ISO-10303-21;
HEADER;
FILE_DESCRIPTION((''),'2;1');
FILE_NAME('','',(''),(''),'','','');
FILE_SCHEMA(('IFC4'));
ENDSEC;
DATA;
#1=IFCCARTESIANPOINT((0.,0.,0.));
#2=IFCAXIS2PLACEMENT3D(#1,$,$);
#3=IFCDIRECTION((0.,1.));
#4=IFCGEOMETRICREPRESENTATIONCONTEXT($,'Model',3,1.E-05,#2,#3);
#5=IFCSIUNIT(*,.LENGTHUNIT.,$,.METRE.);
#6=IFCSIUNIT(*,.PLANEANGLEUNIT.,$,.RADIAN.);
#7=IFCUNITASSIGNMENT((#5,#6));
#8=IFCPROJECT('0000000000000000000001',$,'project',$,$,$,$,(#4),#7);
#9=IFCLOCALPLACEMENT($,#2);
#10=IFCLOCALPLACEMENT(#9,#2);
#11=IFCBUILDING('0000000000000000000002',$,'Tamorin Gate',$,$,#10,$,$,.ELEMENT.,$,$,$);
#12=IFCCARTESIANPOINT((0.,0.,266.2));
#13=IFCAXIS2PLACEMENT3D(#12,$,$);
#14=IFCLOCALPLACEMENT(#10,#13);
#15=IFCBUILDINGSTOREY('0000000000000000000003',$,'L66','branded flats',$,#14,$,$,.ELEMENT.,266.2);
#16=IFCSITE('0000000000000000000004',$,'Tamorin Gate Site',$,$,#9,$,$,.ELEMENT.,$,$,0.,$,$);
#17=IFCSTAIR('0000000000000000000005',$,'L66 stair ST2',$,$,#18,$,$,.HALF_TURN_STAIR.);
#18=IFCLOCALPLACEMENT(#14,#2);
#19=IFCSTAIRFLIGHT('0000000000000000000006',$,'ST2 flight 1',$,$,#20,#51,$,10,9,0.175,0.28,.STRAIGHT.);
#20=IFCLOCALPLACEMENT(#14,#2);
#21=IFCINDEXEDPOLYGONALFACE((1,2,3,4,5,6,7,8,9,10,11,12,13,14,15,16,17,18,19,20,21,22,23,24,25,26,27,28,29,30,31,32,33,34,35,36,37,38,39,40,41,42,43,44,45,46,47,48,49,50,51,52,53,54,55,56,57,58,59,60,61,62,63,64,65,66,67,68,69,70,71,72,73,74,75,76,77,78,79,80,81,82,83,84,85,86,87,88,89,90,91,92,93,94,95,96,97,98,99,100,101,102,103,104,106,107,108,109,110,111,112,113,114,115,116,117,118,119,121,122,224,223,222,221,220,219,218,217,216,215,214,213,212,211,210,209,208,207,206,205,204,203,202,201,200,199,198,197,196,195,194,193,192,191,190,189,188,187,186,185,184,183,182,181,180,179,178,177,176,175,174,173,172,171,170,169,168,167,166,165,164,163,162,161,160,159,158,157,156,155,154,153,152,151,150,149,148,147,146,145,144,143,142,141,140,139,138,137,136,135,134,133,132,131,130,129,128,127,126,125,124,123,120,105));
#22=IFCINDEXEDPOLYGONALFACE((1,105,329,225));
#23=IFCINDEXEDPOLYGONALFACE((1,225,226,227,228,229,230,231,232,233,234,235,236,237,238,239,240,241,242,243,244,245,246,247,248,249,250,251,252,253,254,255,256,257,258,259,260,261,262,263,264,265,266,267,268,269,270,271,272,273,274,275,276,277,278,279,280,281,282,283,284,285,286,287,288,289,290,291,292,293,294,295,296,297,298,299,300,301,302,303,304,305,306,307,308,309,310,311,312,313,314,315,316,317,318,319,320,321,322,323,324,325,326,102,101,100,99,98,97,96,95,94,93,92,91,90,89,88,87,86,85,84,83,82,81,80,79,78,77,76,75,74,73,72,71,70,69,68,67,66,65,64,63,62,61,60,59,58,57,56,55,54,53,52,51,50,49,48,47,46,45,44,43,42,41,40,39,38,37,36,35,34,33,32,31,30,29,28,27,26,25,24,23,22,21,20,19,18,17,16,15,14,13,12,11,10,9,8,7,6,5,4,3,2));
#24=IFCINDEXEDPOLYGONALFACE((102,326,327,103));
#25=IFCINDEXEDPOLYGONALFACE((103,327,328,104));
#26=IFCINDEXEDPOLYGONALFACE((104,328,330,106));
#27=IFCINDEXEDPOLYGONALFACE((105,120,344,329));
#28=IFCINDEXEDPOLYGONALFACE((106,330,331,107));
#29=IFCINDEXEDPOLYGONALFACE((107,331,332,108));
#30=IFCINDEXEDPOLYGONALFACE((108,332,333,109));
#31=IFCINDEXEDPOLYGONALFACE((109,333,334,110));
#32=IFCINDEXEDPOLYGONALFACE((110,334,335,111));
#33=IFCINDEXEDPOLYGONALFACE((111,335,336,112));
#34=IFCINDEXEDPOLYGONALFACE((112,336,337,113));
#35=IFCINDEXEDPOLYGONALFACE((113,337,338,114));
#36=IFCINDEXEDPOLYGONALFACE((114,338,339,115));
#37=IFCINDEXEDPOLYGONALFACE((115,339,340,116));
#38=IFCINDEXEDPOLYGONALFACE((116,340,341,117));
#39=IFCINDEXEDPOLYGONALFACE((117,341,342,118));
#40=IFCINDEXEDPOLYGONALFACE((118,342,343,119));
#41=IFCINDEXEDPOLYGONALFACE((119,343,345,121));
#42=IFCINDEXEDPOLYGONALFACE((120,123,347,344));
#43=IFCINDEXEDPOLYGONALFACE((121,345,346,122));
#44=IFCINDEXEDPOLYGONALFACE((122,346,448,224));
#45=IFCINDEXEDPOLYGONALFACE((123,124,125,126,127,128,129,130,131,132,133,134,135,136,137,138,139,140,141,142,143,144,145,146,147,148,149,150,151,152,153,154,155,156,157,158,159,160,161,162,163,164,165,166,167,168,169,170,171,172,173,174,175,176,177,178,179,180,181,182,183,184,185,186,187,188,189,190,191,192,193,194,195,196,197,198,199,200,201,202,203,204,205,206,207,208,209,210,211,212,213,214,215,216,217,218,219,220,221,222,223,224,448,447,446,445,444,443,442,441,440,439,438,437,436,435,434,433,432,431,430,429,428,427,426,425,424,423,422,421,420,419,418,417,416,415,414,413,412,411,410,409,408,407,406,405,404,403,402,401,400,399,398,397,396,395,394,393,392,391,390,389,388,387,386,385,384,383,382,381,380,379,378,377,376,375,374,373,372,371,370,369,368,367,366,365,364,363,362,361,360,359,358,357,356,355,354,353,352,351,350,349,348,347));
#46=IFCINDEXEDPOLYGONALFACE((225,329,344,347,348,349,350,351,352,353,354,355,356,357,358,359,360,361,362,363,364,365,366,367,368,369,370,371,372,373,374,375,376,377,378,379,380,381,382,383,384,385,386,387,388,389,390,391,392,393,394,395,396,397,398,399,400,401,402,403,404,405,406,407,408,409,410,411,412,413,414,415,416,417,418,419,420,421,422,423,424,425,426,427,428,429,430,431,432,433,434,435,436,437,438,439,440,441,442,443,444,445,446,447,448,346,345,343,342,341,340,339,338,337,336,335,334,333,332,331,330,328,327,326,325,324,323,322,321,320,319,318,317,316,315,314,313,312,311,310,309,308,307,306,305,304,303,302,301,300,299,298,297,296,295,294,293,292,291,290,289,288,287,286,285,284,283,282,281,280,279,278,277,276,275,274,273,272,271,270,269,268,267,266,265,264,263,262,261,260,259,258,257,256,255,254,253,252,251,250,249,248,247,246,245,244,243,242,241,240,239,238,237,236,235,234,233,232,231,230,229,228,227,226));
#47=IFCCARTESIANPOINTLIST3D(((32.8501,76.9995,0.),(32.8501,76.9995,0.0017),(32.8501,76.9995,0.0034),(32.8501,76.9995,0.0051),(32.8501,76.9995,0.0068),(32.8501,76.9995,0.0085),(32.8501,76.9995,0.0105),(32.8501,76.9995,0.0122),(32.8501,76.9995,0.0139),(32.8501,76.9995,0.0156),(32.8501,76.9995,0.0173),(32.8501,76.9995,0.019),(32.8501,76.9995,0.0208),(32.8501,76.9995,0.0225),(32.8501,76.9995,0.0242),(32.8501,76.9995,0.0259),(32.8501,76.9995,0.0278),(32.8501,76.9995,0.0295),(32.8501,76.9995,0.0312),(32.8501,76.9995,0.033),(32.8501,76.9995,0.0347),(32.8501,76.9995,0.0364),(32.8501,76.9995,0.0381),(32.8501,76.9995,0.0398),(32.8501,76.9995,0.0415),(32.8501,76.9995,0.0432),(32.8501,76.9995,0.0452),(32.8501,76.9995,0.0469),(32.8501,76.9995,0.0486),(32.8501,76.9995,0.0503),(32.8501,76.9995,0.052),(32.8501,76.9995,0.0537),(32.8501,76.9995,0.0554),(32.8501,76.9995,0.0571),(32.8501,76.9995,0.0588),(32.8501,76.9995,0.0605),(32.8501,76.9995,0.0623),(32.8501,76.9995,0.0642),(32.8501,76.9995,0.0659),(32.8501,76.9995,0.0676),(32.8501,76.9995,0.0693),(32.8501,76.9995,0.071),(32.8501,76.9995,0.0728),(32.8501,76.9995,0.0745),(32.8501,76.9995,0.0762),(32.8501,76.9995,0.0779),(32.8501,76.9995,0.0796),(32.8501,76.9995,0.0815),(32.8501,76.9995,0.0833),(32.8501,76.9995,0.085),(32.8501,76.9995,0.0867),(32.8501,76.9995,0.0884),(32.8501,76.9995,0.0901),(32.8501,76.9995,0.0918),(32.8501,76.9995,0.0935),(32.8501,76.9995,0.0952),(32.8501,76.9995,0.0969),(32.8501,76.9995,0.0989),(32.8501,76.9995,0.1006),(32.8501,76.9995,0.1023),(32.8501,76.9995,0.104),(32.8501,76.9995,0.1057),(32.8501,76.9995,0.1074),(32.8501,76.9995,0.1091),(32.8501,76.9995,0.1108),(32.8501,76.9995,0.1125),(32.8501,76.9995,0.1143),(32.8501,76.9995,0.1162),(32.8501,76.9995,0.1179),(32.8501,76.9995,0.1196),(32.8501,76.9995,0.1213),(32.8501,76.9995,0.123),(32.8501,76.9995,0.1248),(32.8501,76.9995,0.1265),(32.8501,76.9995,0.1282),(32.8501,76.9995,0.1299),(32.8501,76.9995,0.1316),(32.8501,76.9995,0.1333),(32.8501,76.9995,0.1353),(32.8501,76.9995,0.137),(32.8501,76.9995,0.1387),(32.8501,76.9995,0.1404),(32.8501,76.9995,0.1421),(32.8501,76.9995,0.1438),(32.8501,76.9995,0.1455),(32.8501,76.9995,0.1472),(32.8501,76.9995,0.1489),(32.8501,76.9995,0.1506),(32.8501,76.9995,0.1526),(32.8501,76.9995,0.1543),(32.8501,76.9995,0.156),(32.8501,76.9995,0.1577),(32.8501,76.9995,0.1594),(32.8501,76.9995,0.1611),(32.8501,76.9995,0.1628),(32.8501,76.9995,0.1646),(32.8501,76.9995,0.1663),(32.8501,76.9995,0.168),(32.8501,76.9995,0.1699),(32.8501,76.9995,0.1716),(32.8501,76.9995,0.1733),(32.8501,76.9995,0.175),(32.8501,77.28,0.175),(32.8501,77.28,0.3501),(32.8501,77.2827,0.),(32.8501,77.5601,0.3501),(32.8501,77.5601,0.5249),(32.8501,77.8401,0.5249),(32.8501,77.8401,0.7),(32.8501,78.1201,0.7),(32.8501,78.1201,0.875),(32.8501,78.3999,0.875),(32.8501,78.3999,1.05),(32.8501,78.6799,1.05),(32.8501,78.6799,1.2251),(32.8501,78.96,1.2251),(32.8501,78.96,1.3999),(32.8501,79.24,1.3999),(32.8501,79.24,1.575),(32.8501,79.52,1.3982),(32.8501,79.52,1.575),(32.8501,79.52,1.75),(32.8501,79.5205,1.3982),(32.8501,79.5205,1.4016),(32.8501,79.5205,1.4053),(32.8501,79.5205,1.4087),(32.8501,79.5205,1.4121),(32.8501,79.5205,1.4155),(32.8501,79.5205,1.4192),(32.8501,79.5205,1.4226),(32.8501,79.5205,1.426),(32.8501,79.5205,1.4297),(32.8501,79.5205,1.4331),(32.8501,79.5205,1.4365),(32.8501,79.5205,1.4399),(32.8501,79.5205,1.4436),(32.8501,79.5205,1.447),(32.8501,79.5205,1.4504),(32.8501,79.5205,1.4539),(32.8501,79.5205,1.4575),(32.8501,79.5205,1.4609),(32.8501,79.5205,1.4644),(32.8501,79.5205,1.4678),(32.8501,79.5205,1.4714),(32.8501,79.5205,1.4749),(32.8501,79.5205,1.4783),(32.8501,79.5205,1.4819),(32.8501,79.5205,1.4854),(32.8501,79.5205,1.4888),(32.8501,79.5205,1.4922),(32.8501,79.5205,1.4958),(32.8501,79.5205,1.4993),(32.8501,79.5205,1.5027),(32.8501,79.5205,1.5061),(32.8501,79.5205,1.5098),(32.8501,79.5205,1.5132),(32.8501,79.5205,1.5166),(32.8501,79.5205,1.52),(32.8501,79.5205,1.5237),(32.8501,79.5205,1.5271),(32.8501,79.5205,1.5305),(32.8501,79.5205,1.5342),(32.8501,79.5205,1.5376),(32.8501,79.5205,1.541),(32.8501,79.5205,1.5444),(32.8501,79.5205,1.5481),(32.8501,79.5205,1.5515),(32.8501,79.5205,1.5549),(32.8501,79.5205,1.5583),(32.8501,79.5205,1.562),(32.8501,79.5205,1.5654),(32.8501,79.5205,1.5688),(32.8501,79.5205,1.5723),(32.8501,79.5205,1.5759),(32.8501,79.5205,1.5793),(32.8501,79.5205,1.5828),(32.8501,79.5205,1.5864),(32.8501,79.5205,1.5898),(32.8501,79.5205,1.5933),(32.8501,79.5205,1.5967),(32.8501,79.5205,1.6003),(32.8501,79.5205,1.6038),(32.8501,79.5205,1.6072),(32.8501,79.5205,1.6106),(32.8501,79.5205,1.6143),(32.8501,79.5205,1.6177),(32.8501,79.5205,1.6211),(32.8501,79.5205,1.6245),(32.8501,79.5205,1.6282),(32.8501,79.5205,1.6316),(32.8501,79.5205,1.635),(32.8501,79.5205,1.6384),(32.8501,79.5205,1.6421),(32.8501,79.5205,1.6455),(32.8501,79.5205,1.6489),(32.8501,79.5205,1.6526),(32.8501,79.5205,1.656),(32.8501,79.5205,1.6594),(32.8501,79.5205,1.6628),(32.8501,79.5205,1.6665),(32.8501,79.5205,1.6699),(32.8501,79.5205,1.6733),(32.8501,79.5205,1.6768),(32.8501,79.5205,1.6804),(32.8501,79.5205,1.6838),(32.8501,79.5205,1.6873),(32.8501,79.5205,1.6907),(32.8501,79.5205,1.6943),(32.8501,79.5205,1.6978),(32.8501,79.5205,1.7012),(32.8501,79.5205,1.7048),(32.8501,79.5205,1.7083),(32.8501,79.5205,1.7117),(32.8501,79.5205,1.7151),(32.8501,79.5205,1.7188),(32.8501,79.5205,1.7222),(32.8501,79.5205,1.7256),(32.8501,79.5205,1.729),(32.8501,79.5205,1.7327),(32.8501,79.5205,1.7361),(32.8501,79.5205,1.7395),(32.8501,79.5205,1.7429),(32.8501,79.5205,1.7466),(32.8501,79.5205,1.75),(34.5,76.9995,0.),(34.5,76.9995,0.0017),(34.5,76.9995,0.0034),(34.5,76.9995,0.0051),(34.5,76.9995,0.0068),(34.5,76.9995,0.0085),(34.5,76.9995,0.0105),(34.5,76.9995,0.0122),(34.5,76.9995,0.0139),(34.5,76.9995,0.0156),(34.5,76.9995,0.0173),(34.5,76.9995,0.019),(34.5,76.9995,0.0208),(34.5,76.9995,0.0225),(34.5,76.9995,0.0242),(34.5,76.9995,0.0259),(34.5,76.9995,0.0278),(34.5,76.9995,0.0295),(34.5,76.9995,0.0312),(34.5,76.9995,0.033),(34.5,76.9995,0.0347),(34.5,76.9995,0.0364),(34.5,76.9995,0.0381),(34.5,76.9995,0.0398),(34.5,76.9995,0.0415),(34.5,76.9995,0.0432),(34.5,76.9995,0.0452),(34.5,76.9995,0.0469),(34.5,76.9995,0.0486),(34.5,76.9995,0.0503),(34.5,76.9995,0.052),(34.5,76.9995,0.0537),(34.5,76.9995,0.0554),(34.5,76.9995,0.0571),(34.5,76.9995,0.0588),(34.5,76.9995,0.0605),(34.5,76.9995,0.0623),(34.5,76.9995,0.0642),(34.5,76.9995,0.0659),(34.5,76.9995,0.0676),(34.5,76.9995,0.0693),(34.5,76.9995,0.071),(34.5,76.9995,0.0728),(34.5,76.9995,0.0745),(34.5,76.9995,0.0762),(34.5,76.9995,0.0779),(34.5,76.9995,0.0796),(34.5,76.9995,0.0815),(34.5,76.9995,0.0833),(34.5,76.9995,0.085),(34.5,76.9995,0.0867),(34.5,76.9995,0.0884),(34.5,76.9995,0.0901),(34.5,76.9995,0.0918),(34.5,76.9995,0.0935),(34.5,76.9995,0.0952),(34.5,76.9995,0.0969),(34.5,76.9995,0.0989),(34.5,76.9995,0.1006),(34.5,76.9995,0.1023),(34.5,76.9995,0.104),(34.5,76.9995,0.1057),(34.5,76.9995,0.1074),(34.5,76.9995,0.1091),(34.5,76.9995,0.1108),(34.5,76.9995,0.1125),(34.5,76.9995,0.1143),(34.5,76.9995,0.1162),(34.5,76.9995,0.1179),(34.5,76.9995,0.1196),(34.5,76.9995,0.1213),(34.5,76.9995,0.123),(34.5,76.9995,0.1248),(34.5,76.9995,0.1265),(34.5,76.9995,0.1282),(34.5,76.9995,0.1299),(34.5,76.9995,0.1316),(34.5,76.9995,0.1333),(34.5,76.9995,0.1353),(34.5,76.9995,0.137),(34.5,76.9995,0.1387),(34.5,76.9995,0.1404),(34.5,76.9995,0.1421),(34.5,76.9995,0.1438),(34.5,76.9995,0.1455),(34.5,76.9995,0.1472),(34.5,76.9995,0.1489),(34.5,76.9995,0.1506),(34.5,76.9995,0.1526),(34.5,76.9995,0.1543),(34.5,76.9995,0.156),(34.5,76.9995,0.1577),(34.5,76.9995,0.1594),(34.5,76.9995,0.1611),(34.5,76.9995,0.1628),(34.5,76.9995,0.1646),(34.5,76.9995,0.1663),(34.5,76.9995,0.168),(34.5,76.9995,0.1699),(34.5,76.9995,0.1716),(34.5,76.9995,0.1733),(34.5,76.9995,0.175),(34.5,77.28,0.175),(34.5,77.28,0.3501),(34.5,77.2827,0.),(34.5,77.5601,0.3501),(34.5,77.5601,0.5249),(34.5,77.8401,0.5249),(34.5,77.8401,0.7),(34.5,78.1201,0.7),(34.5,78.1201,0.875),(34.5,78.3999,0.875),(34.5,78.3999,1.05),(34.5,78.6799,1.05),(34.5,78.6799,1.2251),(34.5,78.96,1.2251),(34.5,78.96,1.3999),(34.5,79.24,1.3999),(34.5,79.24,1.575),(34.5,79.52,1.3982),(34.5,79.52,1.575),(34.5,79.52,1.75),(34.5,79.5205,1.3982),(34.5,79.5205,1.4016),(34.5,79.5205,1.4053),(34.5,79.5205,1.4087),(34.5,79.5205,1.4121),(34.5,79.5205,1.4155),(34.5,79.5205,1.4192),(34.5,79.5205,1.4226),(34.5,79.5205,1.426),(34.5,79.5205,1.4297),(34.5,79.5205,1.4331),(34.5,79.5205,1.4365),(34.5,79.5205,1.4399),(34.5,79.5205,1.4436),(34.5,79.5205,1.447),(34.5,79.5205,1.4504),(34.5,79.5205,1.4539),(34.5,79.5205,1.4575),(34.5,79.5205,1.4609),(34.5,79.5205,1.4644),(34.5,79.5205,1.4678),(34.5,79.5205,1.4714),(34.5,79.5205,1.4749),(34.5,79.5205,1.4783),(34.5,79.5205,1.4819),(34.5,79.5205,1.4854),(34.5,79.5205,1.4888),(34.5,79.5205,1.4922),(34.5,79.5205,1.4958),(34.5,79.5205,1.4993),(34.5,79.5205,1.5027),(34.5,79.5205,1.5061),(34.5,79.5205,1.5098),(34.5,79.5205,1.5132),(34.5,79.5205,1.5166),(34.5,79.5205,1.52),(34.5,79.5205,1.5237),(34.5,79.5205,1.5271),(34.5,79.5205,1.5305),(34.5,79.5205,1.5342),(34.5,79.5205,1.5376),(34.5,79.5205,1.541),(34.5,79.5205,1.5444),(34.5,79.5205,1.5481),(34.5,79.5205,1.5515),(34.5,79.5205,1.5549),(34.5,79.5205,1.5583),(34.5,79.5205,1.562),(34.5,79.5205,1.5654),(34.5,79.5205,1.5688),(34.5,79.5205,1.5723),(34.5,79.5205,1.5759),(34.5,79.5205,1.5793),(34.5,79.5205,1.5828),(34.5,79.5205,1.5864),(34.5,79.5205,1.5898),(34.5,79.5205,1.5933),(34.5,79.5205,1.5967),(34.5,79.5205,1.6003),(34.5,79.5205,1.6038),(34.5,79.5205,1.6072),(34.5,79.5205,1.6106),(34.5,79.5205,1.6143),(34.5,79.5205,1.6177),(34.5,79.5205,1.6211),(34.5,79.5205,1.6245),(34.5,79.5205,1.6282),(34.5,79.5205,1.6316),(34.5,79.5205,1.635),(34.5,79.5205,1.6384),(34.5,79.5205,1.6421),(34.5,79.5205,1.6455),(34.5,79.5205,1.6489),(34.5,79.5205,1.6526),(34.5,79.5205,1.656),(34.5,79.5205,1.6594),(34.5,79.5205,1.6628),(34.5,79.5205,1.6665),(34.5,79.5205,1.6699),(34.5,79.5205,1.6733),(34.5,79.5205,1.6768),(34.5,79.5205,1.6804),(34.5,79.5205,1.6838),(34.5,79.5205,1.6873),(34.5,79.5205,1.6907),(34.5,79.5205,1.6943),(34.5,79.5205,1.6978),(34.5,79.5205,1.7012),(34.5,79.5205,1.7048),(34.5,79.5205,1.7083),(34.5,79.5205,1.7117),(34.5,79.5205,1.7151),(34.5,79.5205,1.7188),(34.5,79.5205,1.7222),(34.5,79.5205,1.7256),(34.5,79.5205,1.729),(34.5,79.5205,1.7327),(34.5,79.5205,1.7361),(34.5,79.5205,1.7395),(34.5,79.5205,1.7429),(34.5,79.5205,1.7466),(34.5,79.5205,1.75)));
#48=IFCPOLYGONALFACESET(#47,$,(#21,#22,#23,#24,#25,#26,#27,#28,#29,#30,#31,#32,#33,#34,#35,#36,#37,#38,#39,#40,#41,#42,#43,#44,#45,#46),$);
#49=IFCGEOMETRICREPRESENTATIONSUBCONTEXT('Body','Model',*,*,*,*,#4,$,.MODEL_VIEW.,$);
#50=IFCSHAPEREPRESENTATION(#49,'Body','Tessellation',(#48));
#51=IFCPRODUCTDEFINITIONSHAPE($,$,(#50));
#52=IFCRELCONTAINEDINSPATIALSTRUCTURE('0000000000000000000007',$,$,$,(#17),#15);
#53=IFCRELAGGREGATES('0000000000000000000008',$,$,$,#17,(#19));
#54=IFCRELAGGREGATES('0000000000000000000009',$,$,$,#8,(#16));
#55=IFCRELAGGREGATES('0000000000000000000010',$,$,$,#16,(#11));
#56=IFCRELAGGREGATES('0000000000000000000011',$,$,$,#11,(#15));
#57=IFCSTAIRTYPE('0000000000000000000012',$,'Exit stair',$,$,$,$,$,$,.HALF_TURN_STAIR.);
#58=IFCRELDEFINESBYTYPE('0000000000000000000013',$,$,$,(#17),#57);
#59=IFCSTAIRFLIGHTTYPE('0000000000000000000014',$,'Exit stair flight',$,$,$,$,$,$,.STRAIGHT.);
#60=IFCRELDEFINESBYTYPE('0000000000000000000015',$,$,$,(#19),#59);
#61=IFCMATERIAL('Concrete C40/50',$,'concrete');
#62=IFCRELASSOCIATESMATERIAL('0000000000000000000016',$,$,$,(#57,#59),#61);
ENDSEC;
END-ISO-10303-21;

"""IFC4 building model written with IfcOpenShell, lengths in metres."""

from ifc_helpers import new_model, si_unit, direction, frame, origin, place, context, subcontext, project, spatial, polyline, outline, extrude, material, type_object, element, aggregate, save


model = new_model("IFC4")

# Units and contexts
model_context = context("Model", 3, precision=1e-05, world=origin(), true_north=direction((0.0, 1.0)))
body_context = subcontext(model_context, "Body", "Model", "MODEL_VIEW")
ifc_project = project(units=[si_unit("LENGTHUNIT", "METRE"), si_unit("PLANEANGLEUNIT", "RADIAN")], contexts=[model_context])

# Site, building, storey
site_placement = place(None, origin())
site = spatial("IfcSite", under=ifc_project, at=site_placement, Name="Tamorin Gate Site", CompositionType="ELEMENT", RefElevation=0.0)
building_placement = place(site_placement, origin())
building = spatial("IfcBuilding", under=site, at=building_placement, Name="Tamorin Gate", CompositionType="ELEMENT")
storey_placement = place(building_placement, frame((0.0, 0.0, 266.2)))
storey = spatial("IfcBuildingStorey", under=building, at=storey_placement, Name="L66", Description="branded flats", CompositionType="ELEMENT", Elevation=266.2)

# Shared definitions
ifc_material_1 = material(Name="Concrete C40/50", Category="concrete")

# Shared definitions
stair_type = type_object("IfcStairType", Name="Exit stair", PredefinedType="HALF_TURN_STAIR", material=ifc_material_1)
stair_flight_type = type_object("IfcStairFlightType", Name="Exit stair flight", PredefinedType="STRAIGHT", material=ifc_material_1)

# Stair, stair flight
stair_1_placement = place(storey_placement, origin())
stair_1 = element("IfcStair", 1, at=stair_1_placement, inside=storey, type_object=stair_type, Name="L66 stair ST2", PredefinedType="HALF_TURN_STAIR")
stair_flight_1_placement = place(storey_placement, frame((33.675, 77.0, 0.0), z_axis=(0.0, 0.0, 1.0), x_axis=(0.0, 1.0, 0.0)))
stair_flight_1 = element("IfcStairFlight", 2, at=stair_flight_1_placement, type_object=stair_flight_type, Name="ST2 flight 1", NumberOfRisers=10, NumberOfTreads=9, PredefinedType="STRAIGHT", RiserHeight=0.175, TreadLength=0.28, context=body_context, shape_type="SweptSolid", body=[
    extrude(outline(polyline([(-0.0005, 0.0), (-0.0005, 0.0017), (-0.0005, 0.0034), (-0.0005, 0.0051), (-0.0005, 0.0068), (-0.0005, 0.0085), (-0.0005, 0.0105), (-0.0005, 0.0122), (-0.0005, 0.0139), (-0.0005, 0.0156), (-0.0005, 0.0173), (-0.0005, 0.019), (-0.0005, 0.0208), (-0.0005, 0.0225), (-0.0005, 0.0242), (-0.0005, 0.0259), (-0.0005, 0.0278), (-0.0005, 0.0295), (-0.0005, 0.0312), (-0.0005, 0.033), (-0.0005, 0.0347), (-0.0005, 0.0364), (-0.0005, 0.0381), (-0.0005, 0.0398), (-0.0005, 0.0415), (-0.0005, 0.0432), (-0.0005, 0.0452), (-0.0005, 0.0469), (-0.0005, 0.0486), (-0.0005, 0.0503), (-0.0005, 0.052), (-0.0005, 0.0537), (-0.0005, 0.0554), (-0.0005, 0.0571), (-0.0005, 0.0588), (-0.0005, 0.0605), (-0.0005, 0.0623), (-0.0005, 0.0642), (-0.0005, 0.0659), (-0.0005, 0.0676), (-0.0005, 0.0693), (-0.0005, 0.071), (-0.0005, 0.0728), (-0.0005, 0.0745), (-0.0005, 0.0762), (-0.0005, 0.0779), (-0.0005, 0.0796), (-0.0005, 0.0815), (-0.0005, 0.0833), (-0.0005, 0.085), (-0.0005, 0.0867), (-0.0005, 0.0884), (-0.0005, 0.0901), (-0.0005, 0.0918), (-0.0005, 0.0935), (-0.0005, 0.0952), (-0.0005, 0.0969), (-0.0005, 0.0989), (-0.0005, 0.1006), (-0.0005, 0.1023), (-0.0005, 0.104), (-0.0005, 0.1057), (-0.0005, 0.1074), (-0.0005, 0.1091), (-0.0005, 0.1108), (-0.0005, 0.1125), (-0.0005, 0.1143), (-0.0005, 0.1162), (-0.0005, 0.1179), (-0.0005, 0.1196), (-0.0005, 0.1213), (-0.0005, 0.123), (-0.0005, 0.1248), (-0.0005, 0.1265), (-0.0005, 0.1282), (-0.0005, 0.1299), (-0.0005, 0.1316), (-0.0005, 0.1333), (-0.0005, 0.1353), (-0.0005, 0.137), (-0.0005, 0.1387), (-0.0005, 0.1404), (-0.0005, 0.1421), (-0.0005, 0.1438), (-0.0005, 0.1455), (-0.0005, 0.1472), (-0.0005, 0.1489), (-0.0005, 0.1506), (-0.0005, 0.1526), (-0.0005, 0.1543), (-0.0005, 0.156), (-0.0005, 0.1577), (-0.0005, 0.1594), (-0.0005, 0.1611), (-0.0005, 0.1628), (-0.0005, 0.1646), (-0.0005, 0.1663), (-0.0005, 0.168), (-0.0005, 0.1699), (-0.0005, 0.1716), (-0.0005, 0.1733), (-0.0005, 0.175), (0.28, 0.175), (0.28, 0.3501), (0.5601, 0.3501), (0.5601, 0.5249), (0.8401, 0.5249), (0.8401, 0.7), (1.1201, 0.7), (1.1201, 0.875), (1.3999, 0.875), (1.3999, 1.05), (1.6799, 1.05), (1.6799, 1.2251), (1.96, 1.2251), (1.96, 1.3999), (2.24, 1.3999), (2.24, 1.575), (2.52, 1.575), (2.52, 1.75), (2.5205, 1.75), (2.5205, 1.7466), (2.5205, 1.7429), (2.5205, 1.7395), (2.5205, 1.7361), (2.5205, 1.7327), (2.5205, 1.729), (2.5205, 1.7256), (2.5205, 1.7222), (2.5205, 1.7188), (2.5205, 1.7151), (2.5205, 1.7117), (2.5205, 1.7083), (2.5205, 1.7048), (2.5205, 1.7012), (2.5205, 1.6978), (2.5205, 1.6943), (2.5205, 1.6907), (2.5205, 1.6873), (2.5205, 1.6838), (2.5205, 1.6804), (2.5205, 1.6768), (2.5205, 1.6733), (2.5205, 1.6699), (2.5205, 1.6665), (2.5205, 1.6628), (2.5205, 1.6594), (2.5205, 1.656), (2.5205, 1.6526), (2.5205, 1.6489), (2.5205, 1.6455), (2.5205, 1.6421), (2.5205, 1.6384), (2.5205, 1.635), (2.5205, 1.6316), (2.5205, 1.6282), (2.5205, 1.6245), (2.5205, 1.6211), (2.5205, 1.6177), (2.5205, 1.6143), (2.5205, 1.6106), (2.5205, 1.6072), (2.5205, 1.6038), (2.5205, 1.6003), (2.5205, 1.5967), (2.5205, 1.5933), (2.5205, 1.5898), (2.5205, 1.5864), (2.5205, 1.5828), (2.5205, 1.5793), (2.5205, 1.5759), (2.5205, 1.5723), (2.5205, 1.5688), (2.5205, 1.5654), (2.5205, 1.562), (2.5205, 1.5583), (2.5205, 1.5549), (2.5205, 1.5515), (2.5205, 1.5481), (2.5205, 1.5444), (2.5205, 1.541), (2.5205, 1.5376), (2.5205, 1.5342), (2.5205, 1.5305), (2.5205, 1.5271), (2.5205, 1.5237), (2.5205, 1.52), (2.5205, 1.5166), (2.5205, 1.5132), (2.5205, 1.5098), (2.5205, 1.5061), (2.5205, 1.5027), (2.5205, 1.4993), (2.5205, 1.4958), (2.5205, 1.4922), (2.5205, 1.4888), (2.5205, 1.4854), (2.5205, 1.4819), (2.5205, 1.4783), (2.5205, 1.4749), (2.5205, 1.4714), (2.5205, 1.4678), (2.5205, 1.4644), (2.5205, 1.4609), (2.5205, 1.4575), (2.5205, 1.4539), (2.5205, 1.4504), (2.5205, 1.447), (2.5205, 1.4436), (2.5205, 1.4399), (2.5205, 1.4365), (2.5205, 1.4331), (2.5205, 1.4297), (2.5205, 1.426), (2.5205, 1.4226), (2.5205, 1.4192), (2.5205, 1.4155), (2.5205, 1.4121), (2.5205, 1.4087), (2.5205, 1.4053), (2.5205, 1.4016), (2.5205, 1.3982), (2.52, 1.3982), (0.2827, 0.0), (-0.0005, 0.0)])), frame((0.0, 0.825, 0.0), z_axis=(0.0, -1.0, 0.0), x_axis=(1.0, 0.0, 0.0)), (0.0, 0.0, 1.0), 1.6499),
])
aggregate(stair_1, [stair_flight_1])

save(model, "model.ifc")
